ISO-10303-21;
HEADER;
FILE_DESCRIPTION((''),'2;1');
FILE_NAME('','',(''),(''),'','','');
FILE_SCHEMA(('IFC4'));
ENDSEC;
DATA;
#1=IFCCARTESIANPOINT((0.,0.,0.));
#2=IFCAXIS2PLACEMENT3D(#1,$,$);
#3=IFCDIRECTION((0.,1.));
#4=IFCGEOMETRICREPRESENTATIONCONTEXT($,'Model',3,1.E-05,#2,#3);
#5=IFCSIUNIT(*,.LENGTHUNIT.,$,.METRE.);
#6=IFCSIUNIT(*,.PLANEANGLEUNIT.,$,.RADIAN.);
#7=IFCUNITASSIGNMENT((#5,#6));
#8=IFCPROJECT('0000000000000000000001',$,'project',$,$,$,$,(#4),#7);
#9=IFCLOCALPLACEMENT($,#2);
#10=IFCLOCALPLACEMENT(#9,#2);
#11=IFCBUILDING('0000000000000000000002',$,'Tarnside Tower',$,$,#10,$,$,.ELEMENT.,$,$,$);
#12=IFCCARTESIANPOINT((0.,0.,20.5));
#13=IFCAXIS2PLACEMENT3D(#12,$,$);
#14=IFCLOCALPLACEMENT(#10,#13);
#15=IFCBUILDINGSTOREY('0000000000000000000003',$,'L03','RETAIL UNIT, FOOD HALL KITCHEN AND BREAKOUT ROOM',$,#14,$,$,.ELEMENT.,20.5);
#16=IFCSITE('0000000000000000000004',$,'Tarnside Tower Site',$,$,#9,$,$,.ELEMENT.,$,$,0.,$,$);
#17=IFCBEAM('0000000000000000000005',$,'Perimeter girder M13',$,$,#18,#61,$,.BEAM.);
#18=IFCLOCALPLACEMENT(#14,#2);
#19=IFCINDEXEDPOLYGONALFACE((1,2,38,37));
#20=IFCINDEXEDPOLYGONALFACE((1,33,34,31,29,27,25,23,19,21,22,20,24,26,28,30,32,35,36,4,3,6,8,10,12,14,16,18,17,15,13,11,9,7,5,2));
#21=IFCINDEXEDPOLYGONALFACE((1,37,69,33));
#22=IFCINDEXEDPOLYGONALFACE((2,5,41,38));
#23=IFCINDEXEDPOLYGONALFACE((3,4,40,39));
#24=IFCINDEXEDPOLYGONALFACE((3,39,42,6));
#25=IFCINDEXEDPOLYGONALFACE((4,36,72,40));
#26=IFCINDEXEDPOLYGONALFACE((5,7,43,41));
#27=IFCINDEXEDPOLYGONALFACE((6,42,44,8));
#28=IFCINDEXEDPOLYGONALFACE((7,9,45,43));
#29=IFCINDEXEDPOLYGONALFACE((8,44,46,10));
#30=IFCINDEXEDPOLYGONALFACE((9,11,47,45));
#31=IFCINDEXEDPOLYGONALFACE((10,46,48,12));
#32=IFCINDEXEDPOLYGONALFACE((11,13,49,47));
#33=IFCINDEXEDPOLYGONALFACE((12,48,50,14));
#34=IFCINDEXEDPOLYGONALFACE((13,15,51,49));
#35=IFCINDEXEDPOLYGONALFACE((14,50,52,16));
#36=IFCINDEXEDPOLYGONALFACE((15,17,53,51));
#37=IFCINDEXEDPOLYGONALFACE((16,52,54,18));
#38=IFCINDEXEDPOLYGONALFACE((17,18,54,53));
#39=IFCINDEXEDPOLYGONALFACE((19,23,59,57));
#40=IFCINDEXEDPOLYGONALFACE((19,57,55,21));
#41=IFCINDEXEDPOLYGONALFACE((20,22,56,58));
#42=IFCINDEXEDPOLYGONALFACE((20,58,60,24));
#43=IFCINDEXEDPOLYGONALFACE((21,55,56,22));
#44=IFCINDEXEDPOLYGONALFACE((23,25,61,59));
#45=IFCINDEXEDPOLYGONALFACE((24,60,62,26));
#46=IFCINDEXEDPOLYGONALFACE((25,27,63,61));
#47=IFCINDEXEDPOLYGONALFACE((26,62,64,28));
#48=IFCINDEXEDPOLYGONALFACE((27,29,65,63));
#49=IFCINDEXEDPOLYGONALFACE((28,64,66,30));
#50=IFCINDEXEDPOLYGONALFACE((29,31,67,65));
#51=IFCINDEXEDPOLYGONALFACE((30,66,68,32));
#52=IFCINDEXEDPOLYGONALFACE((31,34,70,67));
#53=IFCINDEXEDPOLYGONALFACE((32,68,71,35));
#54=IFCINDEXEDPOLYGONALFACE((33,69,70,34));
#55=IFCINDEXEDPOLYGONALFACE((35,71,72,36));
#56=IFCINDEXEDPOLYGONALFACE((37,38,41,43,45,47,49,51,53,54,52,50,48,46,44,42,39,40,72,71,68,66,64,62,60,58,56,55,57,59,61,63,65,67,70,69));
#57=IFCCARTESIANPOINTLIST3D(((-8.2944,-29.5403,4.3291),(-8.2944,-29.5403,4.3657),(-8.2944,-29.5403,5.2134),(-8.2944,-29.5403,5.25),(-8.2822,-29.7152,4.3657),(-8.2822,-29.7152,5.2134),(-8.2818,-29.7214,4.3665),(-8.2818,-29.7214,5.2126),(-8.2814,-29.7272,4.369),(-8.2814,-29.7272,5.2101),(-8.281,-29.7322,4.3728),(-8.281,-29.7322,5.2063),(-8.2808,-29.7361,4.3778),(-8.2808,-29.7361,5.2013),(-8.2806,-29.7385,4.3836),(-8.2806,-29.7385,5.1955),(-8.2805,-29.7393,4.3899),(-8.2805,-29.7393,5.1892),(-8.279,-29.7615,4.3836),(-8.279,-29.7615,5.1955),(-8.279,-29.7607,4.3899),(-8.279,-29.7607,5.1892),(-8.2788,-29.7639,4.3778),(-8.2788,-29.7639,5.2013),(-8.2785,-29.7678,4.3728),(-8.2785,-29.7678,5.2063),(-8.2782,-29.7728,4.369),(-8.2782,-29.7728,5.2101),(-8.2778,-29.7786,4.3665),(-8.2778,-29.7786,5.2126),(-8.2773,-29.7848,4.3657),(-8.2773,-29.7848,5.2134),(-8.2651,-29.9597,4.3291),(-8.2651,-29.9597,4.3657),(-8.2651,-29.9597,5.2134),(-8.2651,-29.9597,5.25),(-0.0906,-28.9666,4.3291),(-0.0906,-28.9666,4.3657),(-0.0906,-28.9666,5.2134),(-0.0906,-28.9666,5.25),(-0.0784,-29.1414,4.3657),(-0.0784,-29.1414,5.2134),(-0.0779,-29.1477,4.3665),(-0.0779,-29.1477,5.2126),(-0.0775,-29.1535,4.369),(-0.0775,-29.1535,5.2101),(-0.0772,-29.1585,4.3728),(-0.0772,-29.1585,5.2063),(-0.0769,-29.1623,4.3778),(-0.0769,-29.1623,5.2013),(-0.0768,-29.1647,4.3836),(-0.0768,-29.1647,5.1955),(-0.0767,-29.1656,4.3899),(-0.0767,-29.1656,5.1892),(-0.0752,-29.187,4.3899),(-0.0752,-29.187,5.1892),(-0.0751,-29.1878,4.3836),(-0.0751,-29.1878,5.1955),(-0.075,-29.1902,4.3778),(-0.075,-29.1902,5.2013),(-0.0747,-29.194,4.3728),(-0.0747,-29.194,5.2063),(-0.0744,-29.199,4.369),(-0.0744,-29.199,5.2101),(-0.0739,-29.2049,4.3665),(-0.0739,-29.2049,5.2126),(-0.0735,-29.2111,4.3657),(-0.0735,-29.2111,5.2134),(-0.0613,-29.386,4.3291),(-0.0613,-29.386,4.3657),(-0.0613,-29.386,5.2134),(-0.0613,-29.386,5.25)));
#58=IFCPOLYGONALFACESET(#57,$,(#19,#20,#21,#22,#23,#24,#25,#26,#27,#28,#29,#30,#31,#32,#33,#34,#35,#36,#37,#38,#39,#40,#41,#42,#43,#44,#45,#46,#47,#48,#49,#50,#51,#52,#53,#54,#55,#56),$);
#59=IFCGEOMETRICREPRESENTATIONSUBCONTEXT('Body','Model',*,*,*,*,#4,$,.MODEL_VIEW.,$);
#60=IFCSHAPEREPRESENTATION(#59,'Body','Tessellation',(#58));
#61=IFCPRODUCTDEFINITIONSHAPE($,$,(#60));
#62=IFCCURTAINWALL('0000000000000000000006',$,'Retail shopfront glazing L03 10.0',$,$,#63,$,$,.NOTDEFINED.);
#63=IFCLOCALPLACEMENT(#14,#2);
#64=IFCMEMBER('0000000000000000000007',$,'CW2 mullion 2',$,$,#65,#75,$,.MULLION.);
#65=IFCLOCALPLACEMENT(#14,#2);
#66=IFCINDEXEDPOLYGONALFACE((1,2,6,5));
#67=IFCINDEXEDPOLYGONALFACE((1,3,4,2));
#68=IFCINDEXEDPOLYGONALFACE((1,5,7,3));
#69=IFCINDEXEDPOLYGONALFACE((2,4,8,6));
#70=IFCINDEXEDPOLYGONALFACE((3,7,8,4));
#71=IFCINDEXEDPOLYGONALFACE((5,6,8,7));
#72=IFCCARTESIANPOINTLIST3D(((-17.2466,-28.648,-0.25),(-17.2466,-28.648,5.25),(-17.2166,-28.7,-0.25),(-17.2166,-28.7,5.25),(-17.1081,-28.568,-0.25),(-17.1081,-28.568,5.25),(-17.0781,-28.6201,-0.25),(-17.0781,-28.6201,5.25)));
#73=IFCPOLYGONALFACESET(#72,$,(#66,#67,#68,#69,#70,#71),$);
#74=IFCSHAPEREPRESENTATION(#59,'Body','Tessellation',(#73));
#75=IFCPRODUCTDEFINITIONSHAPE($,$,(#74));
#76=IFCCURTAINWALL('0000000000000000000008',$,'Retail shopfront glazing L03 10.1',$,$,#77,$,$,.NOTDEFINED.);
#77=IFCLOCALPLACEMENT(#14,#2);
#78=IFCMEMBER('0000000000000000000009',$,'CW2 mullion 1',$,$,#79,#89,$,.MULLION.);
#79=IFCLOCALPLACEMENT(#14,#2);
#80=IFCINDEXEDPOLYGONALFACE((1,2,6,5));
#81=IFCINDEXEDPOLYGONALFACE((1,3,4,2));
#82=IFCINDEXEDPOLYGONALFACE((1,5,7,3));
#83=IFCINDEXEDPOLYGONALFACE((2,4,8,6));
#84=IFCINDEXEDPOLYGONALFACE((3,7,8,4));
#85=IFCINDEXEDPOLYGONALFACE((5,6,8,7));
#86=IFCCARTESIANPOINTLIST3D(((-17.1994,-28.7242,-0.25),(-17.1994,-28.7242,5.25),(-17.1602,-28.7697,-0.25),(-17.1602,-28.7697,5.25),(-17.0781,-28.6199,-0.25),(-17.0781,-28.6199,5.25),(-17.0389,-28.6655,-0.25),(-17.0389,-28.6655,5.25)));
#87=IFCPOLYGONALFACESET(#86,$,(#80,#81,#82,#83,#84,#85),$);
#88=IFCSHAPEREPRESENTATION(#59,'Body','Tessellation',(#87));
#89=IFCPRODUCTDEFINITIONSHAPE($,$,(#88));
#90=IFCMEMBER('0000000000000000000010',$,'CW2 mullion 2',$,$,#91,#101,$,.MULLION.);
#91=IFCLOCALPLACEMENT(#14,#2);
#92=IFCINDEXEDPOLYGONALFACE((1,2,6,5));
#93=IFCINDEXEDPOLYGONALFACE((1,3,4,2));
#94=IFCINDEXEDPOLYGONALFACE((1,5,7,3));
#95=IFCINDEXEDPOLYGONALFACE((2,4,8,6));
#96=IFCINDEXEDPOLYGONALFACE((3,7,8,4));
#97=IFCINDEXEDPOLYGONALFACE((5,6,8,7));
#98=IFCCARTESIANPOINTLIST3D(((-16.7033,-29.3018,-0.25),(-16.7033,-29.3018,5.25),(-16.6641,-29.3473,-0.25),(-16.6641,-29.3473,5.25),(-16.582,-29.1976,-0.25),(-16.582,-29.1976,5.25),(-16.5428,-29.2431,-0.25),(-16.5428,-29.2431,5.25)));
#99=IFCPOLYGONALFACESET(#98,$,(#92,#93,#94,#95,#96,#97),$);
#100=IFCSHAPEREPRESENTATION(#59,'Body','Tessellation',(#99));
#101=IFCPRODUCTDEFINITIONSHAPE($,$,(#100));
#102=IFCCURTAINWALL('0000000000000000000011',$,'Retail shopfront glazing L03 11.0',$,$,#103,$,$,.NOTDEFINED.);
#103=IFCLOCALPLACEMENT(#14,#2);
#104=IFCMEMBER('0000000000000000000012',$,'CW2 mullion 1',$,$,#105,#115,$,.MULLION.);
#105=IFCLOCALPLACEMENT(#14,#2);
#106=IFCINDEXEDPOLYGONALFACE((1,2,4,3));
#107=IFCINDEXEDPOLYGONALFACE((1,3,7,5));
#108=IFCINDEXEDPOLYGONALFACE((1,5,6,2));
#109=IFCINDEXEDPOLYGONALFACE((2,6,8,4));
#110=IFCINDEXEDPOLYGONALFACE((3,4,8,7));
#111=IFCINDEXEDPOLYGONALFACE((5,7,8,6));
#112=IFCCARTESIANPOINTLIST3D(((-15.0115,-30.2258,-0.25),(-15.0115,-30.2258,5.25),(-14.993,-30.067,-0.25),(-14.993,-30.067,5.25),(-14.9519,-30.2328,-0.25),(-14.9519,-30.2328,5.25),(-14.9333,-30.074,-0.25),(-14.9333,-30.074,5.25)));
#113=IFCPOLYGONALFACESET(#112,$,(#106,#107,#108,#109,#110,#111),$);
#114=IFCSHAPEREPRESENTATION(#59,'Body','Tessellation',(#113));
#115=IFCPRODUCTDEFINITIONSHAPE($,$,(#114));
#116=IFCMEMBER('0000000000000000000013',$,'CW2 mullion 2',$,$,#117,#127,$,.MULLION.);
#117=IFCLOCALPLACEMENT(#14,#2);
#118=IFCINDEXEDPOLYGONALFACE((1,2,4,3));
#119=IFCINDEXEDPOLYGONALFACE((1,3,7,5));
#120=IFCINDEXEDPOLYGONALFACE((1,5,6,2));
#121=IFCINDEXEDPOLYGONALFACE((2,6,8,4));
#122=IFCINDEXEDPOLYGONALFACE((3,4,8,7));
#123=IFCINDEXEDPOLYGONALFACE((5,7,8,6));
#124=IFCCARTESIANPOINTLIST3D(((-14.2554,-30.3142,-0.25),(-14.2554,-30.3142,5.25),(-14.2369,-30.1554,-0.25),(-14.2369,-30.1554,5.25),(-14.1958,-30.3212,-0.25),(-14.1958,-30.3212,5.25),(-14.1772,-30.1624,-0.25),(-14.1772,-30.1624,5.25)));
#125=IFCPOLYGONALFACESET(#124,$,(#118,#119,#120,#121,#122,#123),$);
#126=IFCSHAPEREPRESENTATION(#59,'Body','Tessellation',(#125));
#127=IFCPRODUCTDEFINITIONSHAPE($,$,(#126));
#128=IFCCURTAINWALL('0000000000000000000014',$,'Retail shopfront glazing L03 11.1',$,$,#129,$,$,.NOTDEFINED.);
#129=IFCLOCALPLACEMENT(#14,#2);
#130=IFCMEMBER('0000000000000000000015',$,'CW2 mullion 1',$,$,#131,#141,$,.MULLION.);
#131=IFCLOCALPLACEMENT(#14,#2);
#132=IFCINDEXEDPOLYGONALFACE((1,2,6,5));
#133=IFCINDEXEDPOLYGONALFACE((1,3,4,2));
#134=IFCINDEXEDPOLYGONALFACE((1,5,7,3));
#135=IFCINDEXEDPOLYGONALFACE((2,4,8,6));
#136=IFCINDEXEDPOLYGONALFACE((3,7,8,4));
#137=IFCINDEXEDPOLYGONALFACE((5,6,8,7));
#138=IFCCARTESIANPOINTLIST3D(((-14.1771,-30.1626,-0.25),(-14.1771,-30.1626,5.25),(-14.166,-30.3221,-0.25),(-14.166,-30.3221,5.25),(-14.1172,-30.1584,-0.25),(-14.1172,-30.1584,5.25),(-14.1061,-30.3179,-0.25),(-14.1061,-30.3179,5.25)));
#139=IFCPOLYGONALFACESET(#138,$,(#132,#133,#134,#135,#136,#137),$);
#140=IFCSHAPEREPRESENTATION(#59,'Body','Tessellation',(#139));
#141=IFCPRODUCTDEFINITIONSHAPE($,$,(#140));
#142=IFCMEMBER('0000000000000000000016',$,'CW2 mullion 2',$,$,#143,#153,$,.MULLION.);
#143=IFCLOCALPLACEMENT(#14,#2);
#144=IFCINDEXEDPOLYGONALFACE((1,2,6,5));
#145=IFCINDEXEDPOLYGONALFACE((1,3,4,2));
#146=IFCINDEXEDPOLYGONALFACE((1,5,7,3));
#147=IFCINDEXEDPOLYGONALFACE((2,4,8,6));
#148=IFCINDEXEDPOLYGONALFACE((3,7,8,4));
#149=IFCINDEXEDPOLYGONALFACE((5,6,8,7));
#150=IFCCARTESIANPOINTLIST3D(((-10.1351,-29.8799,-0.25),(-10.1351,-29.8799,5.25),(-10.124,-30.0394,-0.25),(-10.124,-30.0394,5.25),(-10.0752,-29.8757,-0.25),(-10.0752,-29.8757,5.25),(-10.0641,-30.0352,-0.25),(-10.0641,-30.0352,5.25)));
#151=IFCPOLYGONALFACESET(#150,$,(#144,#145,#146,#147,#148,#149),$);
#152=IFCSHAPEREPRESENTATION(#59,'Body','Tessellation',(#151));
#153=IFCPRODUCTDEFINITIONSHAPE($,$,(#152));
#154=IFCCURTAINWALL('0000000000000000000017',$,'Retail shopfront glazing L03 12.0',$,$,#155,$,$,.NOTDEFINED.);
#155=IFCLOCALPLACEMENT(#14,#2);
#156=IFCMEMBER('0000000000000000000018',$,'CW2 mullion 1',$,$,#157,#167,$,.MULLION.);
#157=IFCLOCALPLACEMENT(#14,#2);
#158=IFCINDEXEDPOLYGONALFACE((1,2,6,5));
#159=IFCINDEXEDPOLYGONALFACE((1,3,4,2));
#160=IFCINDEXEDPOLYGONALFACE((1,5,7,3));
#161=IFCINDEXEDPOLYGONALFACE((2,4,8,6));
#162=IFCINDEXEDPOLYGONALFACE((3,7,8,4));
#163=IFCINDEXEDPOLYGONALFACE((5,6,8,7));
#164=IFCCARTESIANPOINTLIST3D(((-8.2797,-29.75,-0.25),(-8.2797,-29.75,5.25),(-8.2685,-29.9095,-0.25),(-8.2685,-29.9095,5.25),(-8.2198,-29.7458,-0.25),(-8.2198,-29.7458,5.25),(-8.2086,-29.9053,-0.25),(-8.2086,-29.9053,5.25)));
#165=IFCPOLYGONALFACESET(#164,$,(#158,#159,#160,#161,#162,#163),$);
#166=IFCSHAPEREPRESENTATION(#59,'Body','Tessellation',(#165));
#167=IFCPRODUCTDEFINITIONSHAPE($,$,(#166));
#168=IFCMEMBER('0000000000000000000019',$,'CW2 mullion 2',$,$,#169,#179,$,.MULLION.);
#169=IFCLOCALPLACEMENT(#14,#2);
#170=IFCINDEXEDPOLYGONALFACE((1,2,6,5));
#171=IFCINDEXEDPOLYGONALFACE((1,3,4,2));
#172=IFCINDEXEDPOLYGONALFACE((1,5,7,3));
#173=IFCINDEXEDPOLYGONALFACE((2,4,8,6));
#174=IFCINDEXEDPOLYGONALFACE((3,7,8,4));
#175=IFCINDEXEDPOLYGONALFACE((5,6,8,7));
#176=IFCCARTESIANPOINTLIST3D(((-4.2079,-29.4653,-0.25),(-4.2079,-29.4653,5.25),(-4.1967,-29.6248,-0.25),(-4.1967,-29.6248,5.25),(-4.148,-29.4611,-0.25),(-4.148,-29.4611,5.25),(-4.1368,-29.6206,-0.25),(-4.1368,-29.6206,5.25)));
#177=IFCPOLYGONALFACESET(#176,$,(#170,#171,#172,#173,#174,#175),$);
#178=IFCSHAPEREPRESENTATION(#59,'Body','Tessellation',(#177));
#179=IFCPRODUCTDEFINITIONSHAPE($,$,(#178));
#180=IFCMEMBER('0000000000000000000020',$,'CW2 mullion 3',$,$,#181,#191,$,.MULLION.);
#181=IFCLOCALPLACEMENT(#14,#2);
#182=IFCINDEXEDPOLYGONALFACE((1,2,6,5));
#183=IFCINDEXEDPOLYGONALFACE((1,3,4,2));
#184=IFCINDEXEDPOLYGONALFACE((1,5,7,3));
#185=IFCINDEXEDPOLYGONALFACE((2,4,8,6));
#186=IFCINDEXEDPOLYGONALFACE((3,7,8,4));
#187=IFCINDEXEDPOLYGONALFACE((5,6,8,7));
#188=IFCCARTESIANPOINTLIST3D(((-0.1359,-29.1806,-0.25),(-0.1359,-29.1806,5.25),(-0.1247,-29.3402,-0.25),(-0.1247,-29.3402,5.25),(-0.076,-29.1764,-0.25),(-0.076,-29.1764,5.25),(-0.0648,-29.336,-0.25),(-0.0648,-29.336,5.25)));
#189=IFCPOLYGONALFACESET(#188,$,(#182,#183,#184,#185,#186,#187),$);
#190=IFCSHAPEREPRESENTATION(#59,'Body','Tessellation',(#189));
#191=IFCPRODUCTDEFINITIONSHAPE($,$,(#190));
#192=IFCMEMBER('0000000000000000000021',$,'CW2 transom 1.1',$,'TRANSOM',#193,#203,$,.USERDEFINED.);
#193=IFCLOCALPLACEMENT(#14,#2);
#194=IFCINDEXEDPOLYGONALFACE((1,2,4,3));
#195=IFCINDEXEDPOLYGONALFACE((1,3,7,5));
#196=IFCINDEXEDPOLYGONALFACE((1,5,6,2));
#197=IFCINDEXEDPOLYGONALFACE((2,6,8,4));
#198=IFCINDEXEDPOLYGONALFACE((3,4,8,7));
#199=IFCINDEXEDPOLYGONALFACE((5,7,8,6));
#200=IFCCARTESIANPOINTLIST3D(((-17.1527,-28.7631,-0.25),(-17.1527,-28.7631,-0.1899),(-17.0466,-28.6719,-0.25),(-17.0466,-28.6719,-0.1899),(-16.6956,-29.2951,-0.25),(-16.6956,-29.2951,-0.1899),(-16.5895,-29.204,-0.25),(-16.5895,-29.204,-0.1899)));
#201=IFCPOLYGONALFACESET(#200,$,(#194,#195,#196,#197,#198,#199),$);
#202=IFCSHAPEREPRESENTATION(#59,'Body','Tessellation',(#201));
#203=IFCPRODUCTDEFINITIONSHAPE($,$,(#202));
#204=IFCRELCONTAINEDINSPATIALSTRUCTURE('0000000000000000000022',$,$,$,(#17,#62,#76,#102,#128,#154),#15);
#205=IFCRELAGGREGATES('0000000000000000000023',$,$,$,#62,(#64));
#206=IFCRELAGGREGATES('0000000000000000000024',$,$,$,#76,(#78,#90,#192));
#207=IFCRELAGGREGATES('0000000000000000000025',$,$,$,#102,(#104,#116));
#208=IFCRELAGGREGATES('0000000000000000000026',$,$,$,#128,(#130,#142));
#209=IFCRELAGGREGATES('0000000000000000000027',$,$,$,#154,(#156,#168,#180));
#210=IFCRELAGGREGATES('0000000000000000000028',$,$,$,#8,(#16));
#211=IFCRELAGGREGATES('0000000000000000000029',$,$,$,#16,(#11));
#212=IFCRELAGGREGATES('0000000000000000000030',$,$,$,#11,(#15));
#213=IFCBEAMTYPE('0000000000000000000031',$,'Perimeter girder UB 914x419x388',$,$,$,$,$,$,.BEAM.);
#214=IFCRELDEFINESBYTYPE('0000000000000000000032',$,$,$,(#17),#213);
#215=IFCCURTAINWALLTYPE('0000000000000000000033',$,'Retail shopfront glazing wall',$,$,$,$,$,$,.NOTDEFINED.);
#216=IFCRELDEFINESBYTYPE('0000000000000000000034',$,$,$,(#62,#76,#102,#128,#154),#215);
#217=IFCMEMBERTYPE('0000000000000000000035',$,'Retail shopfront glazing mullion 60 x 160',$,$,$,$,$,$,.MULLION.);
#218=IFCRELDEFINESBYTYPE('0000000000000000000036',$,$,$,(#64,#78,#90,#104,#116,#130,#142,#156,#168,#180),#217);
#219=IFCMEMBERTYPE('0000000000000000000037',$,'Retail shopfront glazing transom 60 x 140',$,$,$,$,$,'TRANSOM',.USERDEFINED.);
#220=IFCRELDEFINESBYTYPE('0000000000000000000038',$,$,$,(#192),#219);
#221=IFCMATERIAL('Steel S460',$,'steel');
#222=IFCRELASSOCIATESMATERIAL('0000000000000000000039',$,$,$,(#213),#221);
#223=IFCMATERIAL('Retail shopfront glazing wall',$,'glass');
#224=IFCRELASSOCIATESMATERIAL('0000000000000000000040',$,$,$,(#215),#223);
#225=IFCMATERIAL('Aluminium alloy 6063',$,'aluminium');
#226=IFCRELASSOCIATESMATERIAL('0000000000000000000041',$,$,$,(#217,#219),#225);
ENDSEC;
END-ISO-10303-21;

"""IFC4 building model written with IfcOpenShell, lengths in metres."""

from ifc_helpers import new_model, si_unit, direction, frame, origin, origin_2d, place, context, subcontext, project, spatial, rectangle, i_section, extrude, material, material_profile, profile_set, type_object, element, aggregate, save


model = new_model("IFC4")

# Units and contexts
model_context = context("Model", 3, precision=1e-05, world=origin(), true_north=direction((0.0, 1.0)))
body_context = subcontext(model_context, "Body", "Model", "MODEL_VIEW")
ifc_project = project(units=[si_unit("LENGTHUNIT", "METRE"), si_unit("PLANEANGLEUNIT", "RADIAN")], contexts=[model_context])

# Site, building, storey
site_placement = place(None, origin())
site = spatial("IfcSite", under=ifc_project, at=site_placement, Name="Tarnside Tower Site", CompositionType="ELEMENT", RefElevation=0.0)
building_placement = place(site_placement, origin())
building = spatial("IfcBuilding", under=site, at=building_placement, Name="Tarnside Tower", CompositionType="ELEMENT")
storey_placement = place(building_placement, frame((0.0, 0.0, 20.5)))
storey = spatial("IfcBuildingStorey", under=building, at=storey_placement, Name="L03", Description="RETAIL UNIT, FOOD HALL KITCHEN AND BREAKOUT ROOM", CompositionType="ELEMENT", Elevation=20.5)

# Beam
ifc_material_1 = material(Name="Steel S460", Category="steel")
ifc_material_profile_1 = material_profile(ifc_material_1, i_section(OverallWidth=0.4204, OverallDepth=0.9209, WebThickness=0.0215, FlangeThickness=0.0366, FilletRadius=0.0242, at=origin_2d()), Name="UB 914x419x388")
ifc_profile_set_1 = profile_set([ifc_material_profile_1], Name="Steel S460")
beam_type_1 = type_object("IfcBeamType", Name="Perimeter girder UB 914x419x388", PredefinedType="BEAM", material=ifc_profile_set_1)
beam_1_placement = place(storey_placement, frame((-8.2798, -29.75, 4.7896), z_axis=(0.997564, 0.069764, 0.0), x_axis=(-0.069764, 0.997564, 0.0)))
element("IfcBeam", 1, at=beam_1_placement, inside=storey, type_object=beam_type_1, Name="Perimeter girder M13", PredefinedType="BEAM", context=body_context, shape_type="SweptSolid", body=[
    extrude(i_section(OverallWidth=0.4204, OverallDepth=0.9209, WebThickness=0.0215, FlangeThickness=0.0366, FilletRadius=0.0242, at=origin_2d()), origin(), (0.0, 0.0, 1.0), 8.2239),
])

# Curtain wall, member
ifc_material_2 = material(Name="Retail shopfront glazing wall", Category="glass")
curtain_wall_type = type_object("IfcCurtainWallType", Name="Retail shopfront glazing wall", PredefinedType="NOTDEFINED", material=ifc_material_2)
curtain_wall_1_placement = place(storey_placement, origin())
curtain_wall_1 = element("IfcCurtainWall", 2, at=curtain_wall_1_placement, inside=storey, type_object=curtain_wall_type, Name="Retail shopfront glazing L03 10.0", PredefinedType="NOTDEFINED")
ifc_material_3 = material(Name="Aluminium alloy 6063", Category="aluminium")
ifc_material_profile_2 = material_profile(ifc_material_3, rectangle(XDim=0.1599, YDim=0.0601, at=origin_2d()), Name="Retail shopfront glazing mullion 60 x 160")
ifc_profile_set_2 = profile_set([ifc_material_profile_2], Name="Aluminium alloy 6063")
member_type_1 = type_object("IfcMemberType", Name="Retail shopfront glazing mullion 60 x 160", PredefinedType="MULLION", material=ifc_profile_set_2)
member_1_placement = place(storey_placement, frame((-17.1624, -28.634, -0.25), z_axis=(0.0, 0.0, 1.0), x_axis=(0.866025, 0.5, 0.0)))
member_1 = element("IfcMember", 3, at=member_1_placement, type_object=member_type_1, Name="CW2 mullion 2", PredefinedType="MULLION", context=body_context, shape_type="SweptSolid", body=[
    extrude(rectangle(XDim=0.1599, YDim=0.0601, at=origin_2d()), origin(), (0.0, 0.0, 1.0), 5.5),
])

# Curtain walls, members
curtain_wall_2_placement = place(storey_placement, origin())
curtain_wall_2 = element("IfcCurtainWall", 4, at=curtain_wall_2_placement, inside=storey, type_object=curtain_wall_type, Name="Retail shopfront glazing L03 10.1", PredefinedType="NOTDEFINED")
member_2_placement = place(storey_placement, frame((-17.1191, -28.6948, -0.25), z_axis=(0.0, 0.0, 1.0), x_axis=(0.758514, 0.651657, 0.0)))
member_2 = element("IfcMember", 5, at=member_2_placement, type_object=member_type_1, Name="CW2 mullion 1", PredefinedType="MULLION", context=body_context, shape_type="SweptSolid", body=[
    extrude(rectangle(XDim=0.1599, YDim=0.0601, at=origin_2d()), origin(), (0.0, 0.0, 1.0), 5.5),
])
member_3_placement = place(storey_placement, frame((-16.623, -29.2725, -0.25), z_axis=(0.0, 0.0, 1.0), x_axis=(0.758514, 0.651657, 0.0)))
member_3 = element("IfcMember", 6, at=member_3_placement, type_object=member_type_1, Name="CW2 mullion 2", PredefinedType="MULLION", context=body_context, shape_type="SweptSolid", body=[
    extrude(rectangle(XDim=0.1599, YDim=0.0601, at=origin_2d()), origin(), (0.0, 0.0, 1.0), 5.5),
])
curtain_wall_3_placement = place(storey_placement, origin())
curtain_wall_3 = element("IfcCurtainWall", 7, at=curtain_wall_3_placement, inside=storey, type_object=curtain_wall_type, Name="Retail shopfront glazing L03 11.0", PredefinedType="NOTDEFINED")
member_4_placement = place(storey_placement, frame((-14.9724, -30.1499, -0.25), z_axis=(0.0, 0.0, 1.0), x_axis=(0.116093, 0.993238, 0.0)))
member_4 = element("IfcMember", 8, at=member_4_placement, type_object=member_type_1, Name="CW2 mullion 1", PredefinedType="MULLION", context=body_context, shape_type="SweptSolid", body=[
    extrude(rectangle(XDim=0.1599, YDim=0.0601, at=origin_2d()), origin(), (0.0, 0.0, 1.0), 5.5),
])
member_5_placement = place(storey_placement, frame((-14.2163, -30.2383, -0.25), z_axis=(0.0, 0.0, 1.0), x_axis=(0.116093, 0.993238, 0.0)))
member_5 = element("IfcMember", 9, at=member_5_placement, type_object=member_type_1, Name="CW2 mullion 2", PredefinedType="MULLION", context=body_context, shape_type="SweptSolid", body=[
    extrude(rectangle(XDim=0.1599, YDim=0.0601, at=origin_2d()), origin(), (0.0, 0.0, 1.0), 5.5),
])
curtain_wall_4_placement = place(storey_placement, origin())
curtain_wall_4 = element("IfcCurtainWall", 10, at=curtain_wall_4_placement, inside=storey, type_object=curtain_wall_type, Name="Retail shopfront glazing L03 11.1", PredefinedType="NOTDEFINED")
member_6_placement = place(storey_placement, frame((-14.1416, -30.2402, -0.25), z_axis=(0.0, 0.0, 1.0), x_axis=(-0.069756, 0.997564, 0.0)))
member_6 = element("IfcMember", 11, at=member_6_placement, type_object=member_type_1, Name="CW2 mullion 1", PredefinedType="MULLION", context=body_context, shape_type="SweptSolid", body=[
    extrude(rectangle(XDim=0.1599, YDim=0.0601, at=origin_2d()), origin(), (0.0, 0.0, 1.0), 5.5),
])
member_7_placement = place(storey_placement, frame((-10.0996, -29.9575, -0.25), z_axis=(0.0, 0.0, 1.0), x_axis=(-0.069756, 0.997564, 0.0)))
member_7 = element("IfcMember", 12, at=member_7_placement, type_object=member_type_1, Name="CW2 mullion 2", PredefinedType="MULLION", context=body_context, shape_type="SweptSolid", body=[
    extrude(rectangle(XDim=0.1599, YDim=0.0601, at=origin_2d()), origin(), (0.0, 0.0, 1.0), 5.5),
])
curtain_wall_5_placement = place(storey_placement, origin())
curtain_wall_5 = element("IfcCurtainWall", 13, at=curtain_wall_5_placement, inside=storey, type_object=curtain_wall_type, Name="Retail shopfront glazing L03 12.0", PredefinedType="NOTDEFINED")
member_8_placement = place(storey_placement, frame((-8.2441, -29.8276, -0.25), z_axis=(0.0, 0.0, 1.0), x_axis=(-0.069756, 0.997564, 0.0)))
member_8 = element("IfcMember", 14, at=member_8_placement, type_object=member_type_1, Name="CW2 mullion 1", PredefinedType="MULLION", context=body_context, shape_type="SweptSolid", body=[
    extrude(rectangle(XDim=0.1599, YDim=0.0601, at=origin_2d()), origin(), (0.0, 0.0, 1.0), 5.5),
])
member_9_placement = place(storey_placement, frame((-4.1724, -29.543, -0.25), z_axis=(0.0, 0.0, 1.0), x_axis=(-0.069756, 0.997564, 0.0)))
member_9 = element("IfcMember", 15, at=member_9_placement, type_object=member_type_1, Name="CW2 mullion 2", PredefinedType="MULLION", context=body_context, shape_type="SweptSolid", body=[
    extrude(rectangle(XDim=0.1599, YDim=0.0601, at=origin_2d()), origin(), (0.0, 0.0, 1.0), 5.5),
])
member_10_placement = place(storey_placement, frame((-0.1003, -29.2583, -0.25), z_axis=(0.0, 0.0, 1.0), x_axis=(-0.069756, 0.997564, 0.0)))
member_10 = element("IfcMember", 16, at=member_10_placement, type_object=member_type_1, Name="CW2 mullion 3", PredefinedType="MULLION", context=body_context, shape_type="SweptSolid", body=[
    extrude(rectangle(XDim=0.1599, YDim=0.0601, at=origin_2d()), origin(), (0.0, 0.0, 1.0), 5.5),
])

# Member
ifc_material_profile_3 = material_profile(ifc_material_3, rectangle(XDim=0.1399, YDim=0.0601, at=origin_2d()), Name="Retail shopfront glazing transom 60 x 140")
ifc_profile_set_3 = profile_set([ifc_material_profile_3], Name="Aluminium alloy 6063")
member_type_2 = type_object("IfcMemberType", Name="Retail shopfront glazing transom 60 x 140", ElementType="TRANSOM", PredefinedType="USERDEFINED", material=ifc_profile_set_3)
member_11_placement = place(storey_placement, frame((-17.0996, -28.7175, -0.22), z_axis=(0.651651, -0.758519, 0.0), x_axis=(0.758519, 0.651651, 0.0)))
member_11 = element("IfcMember", 17, at=member_11_placement, type_object=member_type_2, Name="CW2 transom 1.1", ObjectType="TRANSOM", PredefinedType="USERDEFINED", context=body_context, shape_type="SweptSolid", body=[
    extrude(rectangle(XDim=0.1399, YDim=0.0601, at=origin_2d()), origin(), (0.0, 0.0, 1.0), 0.7014),
])

aggregate(curtain_wall_1, [member_1])
aggregate(curtain_wall_2, [member_2, member_3, member_11])
aggregate(curtain_wall_3, [member_4, member_5])
aggregate(curtain_wall_4, [member_6, member_7])
aggregate(curtain_wall_5, [member_8, member_9, member_10])

save(model, "model.ifc")
